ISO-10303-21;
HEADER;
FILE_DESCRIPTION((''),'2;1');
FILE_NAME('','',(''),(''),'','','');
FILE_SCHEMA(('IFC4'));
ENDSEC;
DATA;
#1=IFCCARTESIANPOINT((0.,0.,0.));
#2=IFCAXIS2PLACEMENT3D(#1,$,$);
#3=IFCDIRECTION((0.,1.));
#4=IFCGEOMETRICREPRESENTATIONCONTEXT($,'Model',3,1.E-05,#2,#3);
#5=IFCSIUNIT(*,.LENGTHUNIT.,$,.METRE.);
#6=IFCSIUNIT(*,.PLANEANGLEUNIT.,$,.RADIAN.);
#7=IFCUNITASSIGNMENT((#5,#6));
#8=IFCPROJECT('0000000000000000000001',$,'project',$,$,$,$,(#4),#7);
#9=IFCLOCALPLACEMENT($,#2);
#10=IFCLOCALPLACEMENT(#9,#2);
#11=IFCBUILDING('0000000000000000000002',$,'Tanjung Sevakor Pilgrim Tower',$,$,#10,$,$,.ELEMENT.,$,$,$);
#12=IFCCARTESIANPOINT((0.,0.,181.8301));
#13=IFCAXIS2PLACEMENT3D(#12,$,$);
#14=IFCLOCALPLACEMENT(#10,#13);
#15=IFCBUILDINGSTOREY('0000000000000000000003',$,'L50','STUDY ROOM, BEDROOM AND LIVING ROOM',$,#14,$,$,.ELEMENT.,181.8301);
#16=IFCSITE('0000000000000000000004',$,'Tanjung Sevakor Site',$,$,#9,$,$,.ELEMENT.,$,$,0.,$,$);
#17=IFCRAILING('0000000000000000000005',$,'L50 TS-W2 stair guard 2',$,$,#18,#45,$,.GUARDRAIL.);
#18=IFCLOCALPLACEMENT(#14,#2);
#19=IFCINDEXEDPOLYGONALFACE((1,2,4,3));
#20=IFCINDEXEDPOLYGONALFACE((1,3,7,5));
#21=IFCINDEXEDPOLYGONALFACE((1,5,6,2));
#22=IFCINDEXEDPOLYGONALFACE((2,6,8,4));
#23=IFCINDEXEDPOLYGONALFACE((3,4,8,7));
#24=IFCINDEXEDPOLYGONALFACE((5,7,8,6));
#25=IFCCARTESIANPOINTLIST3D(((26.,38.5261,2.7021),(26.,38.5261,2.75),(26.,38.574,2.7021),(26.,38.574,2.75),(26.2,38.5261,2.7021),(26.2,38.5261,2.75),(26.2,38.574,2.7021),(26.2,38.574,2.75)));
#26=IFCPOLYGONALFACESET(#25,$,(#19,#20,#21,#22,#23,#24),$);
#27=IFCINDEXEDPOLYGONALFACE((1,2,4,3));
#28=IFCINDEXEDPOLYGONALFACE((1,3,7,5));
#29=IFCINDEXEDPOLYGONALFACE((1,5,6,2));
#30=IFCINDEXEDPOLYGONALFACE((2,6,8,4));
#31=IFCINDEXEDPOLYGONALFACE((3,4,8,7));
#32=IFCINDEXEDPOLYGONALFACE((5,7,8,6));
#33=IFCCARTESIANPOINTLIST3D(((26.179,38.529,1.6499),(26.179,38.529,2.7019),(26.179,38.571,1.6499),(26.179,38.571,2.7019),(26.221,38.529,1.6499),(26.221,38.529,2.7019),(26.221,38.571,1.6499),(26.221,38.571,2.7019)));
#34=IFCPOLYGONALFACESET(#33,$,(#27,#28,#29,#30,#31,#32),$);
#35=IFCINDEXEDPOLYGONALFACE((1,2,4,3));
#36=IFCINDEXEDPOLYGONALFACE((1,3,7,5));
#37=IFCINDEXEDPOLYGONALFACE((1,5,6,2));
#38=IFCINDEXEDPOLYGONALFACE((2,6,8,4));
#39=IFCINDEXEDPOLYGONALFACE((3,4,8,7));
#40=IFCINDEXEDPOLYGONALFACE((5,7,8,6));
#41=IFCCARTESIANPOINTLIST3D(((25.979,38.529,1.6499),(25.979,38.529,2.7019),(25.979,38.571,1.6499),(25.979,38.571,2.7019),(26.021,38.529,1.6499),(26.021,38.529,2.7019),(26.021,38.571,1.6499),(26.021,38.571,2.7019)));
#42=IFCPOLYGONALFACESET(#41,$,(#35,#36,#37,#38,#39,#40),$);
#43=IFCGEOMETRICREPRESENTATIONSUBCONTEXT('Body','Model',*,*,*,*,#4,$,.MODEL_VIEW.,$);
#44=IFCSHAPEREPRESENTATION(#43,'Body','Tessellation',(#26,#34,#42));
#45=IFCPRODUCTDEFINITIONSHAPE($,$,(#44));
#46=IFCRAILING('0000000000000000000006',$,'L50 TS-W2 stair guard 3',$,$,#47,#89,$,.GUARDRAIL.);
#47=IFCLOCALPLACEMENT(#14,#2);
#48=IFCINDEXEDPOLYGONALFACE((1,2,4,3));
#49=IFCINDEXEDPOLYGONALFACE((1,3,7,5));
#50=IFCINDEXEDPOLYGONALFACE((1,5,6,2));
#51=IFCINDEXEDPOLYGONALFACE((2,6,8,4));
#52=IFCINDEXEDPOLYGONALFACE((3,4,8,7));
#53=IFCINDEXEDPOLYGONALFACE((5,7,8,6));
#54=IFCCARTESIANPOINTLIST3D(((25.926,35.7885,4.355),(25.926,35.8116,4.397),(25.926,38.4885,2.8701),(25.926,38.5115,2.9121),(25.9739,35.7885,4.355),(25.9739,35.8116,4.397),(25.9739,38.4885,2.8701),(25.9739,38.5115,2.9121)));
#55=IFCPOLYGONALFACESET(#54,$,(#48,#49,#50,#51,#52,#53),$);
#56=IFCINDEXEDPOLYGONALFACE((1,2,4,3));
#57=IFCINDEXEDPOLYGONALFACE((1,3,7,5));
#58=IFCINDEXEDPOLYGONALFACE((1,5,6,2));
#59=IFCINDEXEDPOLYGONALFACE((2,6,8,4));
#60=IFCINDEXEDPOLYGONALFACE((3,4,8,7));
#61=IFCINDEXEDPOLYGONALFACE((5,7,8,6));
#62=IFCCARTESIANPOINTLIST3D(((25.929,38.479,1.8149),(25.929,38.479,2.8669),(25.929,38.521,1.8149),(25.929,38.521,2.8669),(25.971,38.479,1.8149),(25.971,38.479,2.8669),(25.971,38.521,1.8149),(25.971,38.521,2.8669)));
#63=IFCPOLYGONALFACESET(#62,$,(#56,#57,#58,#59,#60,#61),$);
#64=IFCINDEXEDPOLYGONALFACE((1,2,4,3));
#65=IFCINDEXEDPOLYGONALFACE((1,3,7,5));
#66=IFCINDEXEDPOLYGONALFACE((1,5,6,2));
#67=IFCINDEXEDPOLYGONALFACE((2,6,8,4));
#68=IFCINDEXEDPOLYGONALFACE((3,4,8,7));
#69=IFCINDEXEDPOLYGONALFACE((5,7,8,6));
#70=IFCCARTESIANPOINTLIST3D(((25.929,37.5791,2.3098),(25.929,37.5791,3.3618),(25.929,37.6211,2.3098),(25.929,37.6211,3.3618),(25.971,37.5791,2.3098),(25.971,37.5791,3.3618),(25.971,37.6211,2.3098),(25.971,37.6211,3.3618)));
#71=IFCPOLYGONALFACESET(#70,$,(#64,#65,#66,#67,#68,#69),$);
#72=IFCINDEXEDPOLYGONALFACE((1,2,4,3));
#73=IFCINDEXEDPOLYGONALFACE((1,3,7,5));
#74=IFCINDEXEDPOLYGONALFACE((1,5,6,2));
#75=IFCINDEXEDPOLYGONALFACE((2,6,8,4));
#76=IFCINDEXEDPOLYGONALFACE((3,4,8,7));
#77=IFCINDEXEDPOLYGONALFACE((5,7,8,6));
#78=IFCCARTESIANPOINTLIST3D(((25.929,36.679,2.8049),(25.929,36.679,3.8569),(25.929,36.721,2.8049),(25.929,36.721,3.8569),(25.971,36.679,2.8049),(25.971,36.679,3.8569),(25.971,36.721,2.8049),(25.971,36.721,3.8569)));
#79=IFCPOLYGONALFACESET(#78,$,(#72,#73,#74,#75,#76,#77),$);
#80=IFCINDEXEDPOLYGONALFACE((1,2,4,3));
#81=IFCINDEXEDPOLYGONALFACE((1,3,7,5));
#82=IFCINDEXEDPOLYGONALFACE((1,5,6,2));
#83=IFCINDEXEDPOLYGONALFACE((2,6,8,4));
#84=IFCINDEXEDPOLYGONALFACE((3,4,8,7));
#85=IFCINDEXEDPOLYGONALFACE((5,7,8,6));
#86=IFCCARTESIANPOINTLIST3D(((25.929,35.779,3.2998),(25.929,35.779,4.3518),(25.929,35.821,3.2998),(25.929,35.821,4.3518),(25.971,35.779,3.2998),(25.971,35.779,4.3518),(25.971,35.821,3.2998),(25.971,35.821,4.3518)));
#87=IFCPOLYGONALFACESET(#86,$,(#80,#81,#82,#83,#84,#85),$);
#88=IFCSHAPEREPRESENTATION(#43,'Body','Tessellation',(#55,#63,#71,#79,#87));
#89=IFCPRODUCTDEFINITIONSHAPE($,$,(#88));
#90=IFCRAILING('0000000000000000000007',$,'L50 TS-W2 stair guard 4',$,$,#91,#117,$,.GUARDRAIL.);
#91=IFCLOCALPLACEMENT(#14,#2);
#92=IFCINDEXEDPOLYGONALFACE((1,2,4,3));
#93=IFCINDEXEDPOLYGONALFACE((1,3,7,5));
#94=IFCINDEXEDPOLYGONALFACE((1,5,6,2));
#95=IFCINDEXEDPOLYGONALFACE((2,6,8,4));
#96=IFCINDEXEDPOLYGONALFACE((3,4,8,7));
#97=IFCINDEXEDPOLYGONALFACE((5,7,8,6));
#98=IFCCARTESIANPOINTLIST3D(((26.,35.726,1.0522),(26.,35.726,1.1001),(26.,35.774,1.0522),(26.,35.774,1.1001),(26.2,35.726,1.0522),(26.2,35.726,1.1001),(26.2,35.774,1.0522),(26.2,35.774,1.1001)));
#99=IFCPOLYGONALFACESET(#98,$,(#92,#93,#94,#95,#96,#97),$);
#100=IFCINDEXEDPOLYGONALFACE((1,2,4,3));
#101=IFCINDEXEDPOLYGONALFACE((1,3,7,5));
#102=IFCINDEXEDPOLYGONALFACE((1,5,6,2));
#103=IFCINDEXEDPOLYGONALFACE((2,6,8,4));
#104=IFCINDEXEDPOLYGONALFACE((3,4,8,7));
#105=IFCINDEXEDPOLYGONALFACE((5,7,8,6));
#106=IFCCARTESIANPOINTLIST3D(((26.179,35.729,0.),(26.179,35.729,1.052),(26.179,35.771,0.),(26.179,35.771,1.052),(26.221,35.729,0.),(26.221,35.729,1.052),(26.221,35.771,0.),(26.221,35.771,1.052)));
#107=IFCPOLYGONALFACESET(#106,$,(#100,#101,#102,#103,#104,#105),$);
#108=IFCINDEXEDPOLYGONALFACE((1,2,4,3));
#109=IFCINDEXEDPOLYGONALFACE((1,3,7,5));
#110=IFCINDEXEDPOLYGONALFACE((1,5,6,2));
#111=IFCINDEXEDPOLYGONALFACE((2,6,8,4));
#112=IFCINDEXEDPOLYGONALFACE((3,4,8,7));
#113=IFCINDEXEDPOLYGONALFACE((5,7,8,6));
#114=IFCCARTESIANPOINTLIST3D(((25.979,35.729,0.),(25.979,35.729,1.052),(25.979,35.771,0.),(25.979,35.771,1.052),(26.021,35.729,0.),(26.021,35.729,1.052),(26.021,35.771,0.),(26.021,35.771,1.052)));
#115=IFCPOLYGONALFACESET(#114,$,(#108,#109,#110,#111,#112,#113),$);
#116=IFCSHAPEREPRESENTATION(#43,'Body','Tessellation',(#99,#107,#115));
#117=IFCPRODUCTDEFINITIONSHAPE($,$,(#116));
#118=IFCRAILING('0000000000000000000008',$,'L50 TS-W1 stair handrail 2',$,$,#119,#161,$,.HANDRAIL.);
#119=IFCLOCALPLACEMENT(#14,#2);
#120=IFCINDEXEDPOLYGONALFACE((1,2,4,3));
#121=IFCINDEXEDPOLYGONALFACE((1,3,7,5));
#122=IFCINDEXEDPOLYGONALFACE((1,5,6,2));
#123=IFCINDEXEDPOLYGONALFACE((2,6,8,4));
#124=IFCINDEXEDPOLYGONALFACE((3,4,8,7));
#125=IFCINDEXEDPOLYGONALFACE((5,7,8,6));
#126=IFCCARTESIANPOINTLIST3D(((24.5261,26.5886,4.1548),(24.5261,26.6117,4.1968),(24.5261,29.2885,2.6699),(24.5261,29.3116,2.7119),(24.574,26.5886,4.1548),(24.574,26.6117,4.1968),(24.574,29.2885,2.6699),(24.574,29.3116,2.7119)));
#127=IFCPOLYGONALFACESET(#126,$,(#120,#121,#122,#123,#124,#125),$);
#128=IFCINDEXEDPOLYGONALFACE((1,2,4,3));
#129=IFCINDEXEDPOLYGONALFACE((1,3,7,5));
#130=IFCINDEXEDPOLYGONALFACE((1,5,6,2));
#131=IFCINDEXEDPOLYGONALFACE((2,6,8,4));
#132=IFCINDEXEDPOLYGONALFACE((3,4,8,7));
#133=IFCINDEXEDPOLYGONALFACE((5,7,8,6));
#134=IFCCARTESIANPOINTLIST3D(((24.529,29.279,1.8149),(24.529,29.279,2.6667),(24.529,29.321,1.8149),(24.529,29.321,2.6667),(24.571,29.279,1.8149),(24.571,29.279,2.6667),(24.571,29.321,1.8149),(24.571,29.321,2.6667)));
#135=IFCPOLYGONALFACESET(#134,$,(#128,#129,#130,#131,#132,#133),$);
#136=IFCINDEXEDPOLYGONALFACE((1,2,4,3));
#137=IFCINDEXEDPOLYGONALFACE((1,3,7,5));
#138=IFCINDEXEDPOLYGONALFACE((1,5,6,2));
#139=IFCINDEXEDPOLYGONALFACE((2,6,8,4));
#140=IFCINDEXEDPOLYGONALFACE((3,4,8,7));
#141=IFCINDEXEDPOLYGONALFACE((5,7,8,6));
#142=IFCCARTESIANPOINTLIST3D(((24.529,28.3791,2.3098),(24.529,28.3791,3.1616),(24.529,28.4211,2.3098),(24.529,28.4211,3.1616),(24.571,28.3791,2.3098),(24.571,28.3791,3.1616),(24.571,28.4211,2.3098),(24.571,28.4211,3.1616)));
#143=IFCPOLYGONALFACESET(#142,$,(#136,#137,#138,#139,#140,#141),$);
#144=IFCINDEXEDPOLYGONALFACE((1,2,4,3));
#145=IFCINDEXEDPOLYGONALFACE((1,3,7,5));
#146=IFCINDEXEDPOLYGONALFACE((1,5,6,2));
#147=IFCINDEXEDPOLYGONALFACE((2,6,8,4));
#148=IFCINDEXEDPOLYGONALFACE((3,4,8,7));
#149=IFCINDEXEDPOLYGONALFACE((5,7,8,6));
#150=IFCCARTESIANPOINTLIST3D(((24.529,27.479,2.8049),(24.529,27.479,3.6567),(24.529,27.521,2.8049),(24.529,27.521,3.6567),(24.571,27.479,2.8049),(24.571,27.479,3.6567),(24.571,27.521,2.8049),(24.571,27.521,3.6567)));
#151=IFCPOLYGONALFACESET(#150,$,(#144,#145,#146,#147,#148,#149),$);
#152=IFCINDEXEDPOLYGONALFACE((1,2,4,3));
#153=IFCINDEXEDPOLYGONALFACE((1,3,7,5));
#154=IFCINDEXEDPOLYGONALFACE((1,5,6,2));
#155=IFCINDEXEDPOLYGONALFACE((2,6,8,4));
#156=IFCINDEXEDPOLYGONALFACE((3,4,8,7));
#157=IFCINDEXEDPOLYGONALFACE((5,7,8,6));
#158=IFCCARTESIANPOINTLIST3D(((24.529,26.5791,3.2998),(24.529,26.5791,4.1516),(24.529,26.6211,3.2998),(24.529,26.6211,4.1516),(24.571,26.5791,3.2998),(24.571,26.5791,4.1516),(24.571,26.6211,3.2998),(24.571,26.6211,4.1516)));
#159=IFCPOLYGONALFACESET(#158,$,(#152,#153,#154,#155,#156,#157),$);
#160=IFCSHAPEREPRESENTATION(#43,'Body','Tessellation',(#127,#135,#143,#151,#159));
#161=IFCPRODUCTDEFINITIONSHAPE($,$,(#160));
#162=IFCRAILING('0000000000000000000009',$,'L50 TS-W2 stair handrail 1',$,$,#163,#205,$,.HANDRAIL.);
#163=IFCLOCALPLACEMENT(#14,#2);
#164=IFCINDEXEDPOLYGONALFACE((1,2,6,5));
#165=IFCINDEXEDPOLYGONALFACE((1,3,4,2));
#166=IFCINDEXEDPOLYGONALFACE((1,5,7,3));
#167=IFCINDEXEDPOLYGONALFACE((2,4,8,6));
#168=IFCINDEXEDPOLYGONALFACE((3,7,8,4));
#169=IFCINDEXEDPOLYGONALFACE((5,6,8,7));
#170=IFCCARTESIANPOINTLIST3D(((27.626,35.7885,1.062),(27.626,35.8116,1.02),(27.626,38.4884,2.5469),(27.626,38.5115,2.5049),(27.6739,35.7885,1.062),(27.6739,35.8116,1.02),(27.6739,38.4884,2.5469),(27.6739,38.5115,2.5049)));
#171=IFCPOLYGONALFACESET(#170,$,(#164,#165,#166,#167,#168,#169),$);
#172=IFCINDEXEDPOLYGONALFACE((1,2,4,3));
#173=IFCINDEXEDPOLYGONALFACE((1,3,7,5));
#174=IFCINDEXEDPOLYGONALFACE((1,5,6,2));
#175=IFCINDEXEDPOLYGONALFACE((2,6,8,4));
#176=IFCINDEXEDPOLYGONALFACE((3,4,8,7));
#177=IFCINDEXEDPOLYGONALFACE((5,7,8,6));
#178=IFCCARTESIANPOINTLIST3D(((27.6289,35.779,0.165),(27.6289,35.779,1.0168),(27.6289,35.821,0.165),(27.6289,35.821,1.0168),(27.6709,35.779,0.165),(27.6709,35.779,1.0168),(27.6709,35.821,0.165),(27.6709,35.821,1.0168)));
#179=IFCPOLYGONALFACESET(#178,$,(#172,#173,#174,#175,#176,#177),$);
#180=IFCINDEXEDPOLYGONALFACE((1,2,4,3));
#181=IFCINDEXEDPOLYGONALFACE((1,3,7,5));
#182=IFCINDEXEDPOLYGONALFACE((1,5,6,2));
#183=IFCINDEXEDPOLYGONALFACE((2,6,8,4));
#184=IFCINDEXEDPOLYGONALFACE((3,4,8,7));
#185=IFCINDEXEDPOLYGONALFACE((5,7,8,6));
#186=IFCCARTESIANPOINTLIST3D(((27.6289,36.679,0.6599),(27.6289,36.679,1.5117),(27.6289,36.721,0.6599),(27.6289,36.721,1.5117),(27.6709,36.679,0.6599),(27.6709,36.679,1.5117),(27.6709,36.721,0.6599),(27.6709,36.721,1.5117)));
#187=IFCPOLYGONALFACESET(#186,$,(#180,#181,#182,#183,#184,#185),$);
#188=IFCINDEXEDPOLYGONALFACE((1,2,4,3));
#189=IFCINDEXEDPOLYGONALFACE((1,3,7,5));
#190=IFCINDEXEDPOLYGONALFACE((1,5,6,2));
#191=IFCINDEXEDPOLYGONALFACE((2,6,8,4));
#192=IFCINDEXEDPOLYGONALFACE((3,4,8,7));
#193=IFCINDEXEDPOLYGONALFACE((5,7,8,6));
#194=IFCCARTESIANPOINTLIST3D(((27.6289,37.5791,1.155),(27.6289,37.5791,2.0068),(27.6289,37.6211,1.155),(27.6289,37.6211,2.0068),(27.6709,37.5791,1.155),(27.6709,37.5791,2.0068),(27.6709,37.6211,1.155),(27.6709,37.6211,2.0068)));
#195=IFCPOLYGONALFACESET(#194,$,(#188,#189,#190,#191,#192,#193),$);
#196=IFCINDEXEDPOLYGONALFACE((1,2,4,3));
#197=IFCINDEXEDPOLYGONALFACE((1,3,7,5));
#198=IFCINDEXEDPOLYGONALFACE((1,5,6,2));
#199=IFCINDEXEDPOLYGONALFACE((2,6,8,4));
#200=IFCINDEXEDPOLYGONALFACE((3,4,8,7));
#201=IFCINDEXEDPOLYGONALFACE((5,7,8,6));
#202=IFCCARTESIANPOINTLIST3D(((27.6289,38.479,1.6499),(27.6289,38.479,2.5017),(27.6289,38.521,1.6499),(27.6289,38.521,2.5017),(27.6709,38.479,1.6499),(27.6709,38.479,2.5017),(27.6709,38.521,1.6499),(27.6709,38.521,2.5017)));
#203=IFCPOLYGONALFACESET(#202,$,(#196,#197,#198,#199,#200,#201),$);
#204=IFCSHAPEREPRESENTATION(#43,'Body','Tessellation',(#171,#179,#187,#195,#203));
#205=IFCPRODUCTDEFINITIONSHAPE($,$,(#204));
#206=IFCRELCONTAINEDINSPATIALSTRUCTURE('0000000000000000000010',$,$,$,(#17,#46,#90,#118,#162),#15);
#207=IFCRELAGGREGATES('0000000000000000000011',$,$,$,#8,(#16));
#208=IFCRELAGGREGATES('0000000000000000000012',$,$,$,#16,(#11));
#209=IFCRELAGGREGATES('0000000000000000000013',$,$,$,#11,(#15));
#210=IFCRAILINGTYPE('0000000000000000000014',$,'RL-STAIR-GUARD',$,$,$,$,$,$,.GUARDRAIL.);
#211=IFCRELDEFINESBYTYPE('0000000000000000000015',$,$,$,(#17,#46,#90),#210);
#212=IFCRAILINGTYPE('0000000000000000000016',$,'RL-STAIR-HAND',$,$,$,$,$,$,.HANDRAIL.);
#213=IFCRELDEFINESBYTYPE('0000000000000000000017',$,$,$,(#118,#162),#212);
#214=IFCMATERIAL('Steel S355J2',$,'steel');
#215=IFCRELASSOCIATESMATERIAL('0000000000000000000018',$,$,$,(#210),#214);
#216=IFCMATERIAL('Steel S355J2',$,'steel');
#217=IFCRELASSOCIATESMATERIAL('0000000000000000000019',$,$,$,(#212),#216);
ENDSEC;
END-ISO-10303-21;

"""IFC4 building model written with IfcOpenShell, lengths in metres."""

from ifc_helpers import new_model, si_unit, direction, frame, origin, place, context, subcontext, project, spatial, rectangle, extrude, material, type_object, element, save


model = new_model("IFC4")

# Units and contexts
model_context = context("Model", 3, precision=1e-05, world=origin(), true_north=direction((0.0, 1.0)))
body_context = subcontext(model_context, "Body", "Model", "MODEL_VIEW")
ifc_project = project(units=[si_unit("LENGTHUNIT", "METRE"), si_unit("PLANEANGLEUNIT", "RADIAN")], contexts=[model_context])

# Site, building, storey
site_placement = place(None, origin())
site = spatial("IfcSite", under=ifc_project, at=site_placement, Name="Tanjung Sevakor Site", CompositionType="ELEMENT", RefElevation=0.0)
building_placement = place(site_placement, origin())
building = spatial("IfcBuilding", under=site, at=building_placement, Name="Tanjung Sevakor Pilgrim Tower", CompositionType="ELEMENT")
storey_placement = place(building_placement, frame((0.0, 0.0, 181.8301)))
storey = spatial("IfcBuildingStorey", under=building, at=storey_placement, Name="L50", Description="STUDY ROOM, BEDROOM AND LIVING ROOM", CompositionType="ELEMENT", Elevation=181.8301)

# Railings
ifc_material_1 = material(Name="Steel S355J2", Category="steel")
railing_type_1 = type_object("IfcRailingType", Name="RL-STAIR-GUARD", PredefinedType="GUARDRAIL", material=ifc_material_1)
railing_1_placement = place(storey_placement, frame((26.2, 38.55, 1.6499)))
element("IfcRailing", 1, at=railing_1_placement, inside=storey, type_object=railing_type_1, Name="L50 TS-W2 stair guard 2", PredefinedType="GUARDRAIL", context=body_context, shape_type="SweptSolid", body=[
    extrude(rectangle(XDim=0.0479, YDim=0.0479), frame((0.0, 0.0, 1.0762), z_axis=(-1.0, 0.0, 0.0), x_axis=(0.0, -1.0, 0.0)), (0.0, 0.0, 1.0), 0.2),
    extrude(rectangle(XDim=0.042, YDim=0.042), origin(), (0.0, 0.0, 1.0), 1.052),
    extrude(rectangle(XDim=0.042, YDim=0.042), frame((-0.2, 0.0, 0.0)), (0.0, 0.0, 1.0), 1.052),
])
railing_2_placement = place(storey_placement, frame((25.95, 38.5, 1.8149)))
element("IfcRailing", 2, at=railing_2_placement, inside=storey, type_object=railing_type_1, Name="L50 TS-W2 stair guard 3", PredefinedType="GUARDRAIL", context=body_context, shape_type="SweptSolid", body=[
    extrude(rectangle(XDim=0.0479, YDim=0.0479), frame((0.0, 0.0, 1.0762), z_axis=(0.0, -0.876231, 0.481891), x_axis=(1.0, 0.0, 0.0)), (0.0, 0.0, 1.0), 3.0813),
    extrude(rectangle(XDim=0.042, YDim=0.042), origin(), (0.0, 0.0, 1.0), 1.052),
    extrude(rectangle(XDim=0.042, YDim=0.042), frame((0.0, -0.8999, 0.4949)), (0.0, 0.0, 1.0), 1.052),
    extrude(rectangle(XDim=0.042, YDim=0.042), frame((0.0, -1.8, 0.99)), (0.0, 0.0, 1.0), 1.052),
    extrude(rectangle(XDim=0.042, YDim=0.042), frame((0.0, -2.7, 1.4849)), (0.0, 0.0, 1.0), 1.052),
])
railing_3_placement = place(storey_placement, frame((26.2, 35.75, 0.0)))
element("IfcRailing", 3, at=railing_3_placement, inside=storey, type_object=railing_type_1, Name="L50 TS-W2 stair guard 4", PredefinedType="GUARDRAIL", context=body_context, shape_type="SweptSolid", body=[
    extrude(rectangle(XDim=0.0479, YDim=0.0479), frame((0.0, 0.0, 1.0762), z_axis=(-1.0, 0.0, 0.0), x_axis=(0.0, -1.0, 0.0)), (0.0, 0.0, 1.0), 0.2),
    extrude(rectangle(XDim=0.042, YDim=0.042), origin(), (0.0, 0.0, 1.0), 1.052),
    extrude(rectangle(XDim=0.042, YDim=0.042), frame((-0.2, 0.0, 0.0)), (0.0, 0.0, 1.0), 1.052),
])
ifc_material_2 = material(Name="Steel S355J2", Category="steel")
railing_type_2 = type_object("IfcRailingType", Name="RL-STAIR-HAND", PredefinedType="HANDRAIL", material=ifc_material_2)
railing_4_placement = place(storey_placement, frame((24.55, 29.3, 1.8149)))
element("IfcRailing", 4, at=railing_4_placement, inside=storey, type_object=railing_type_2, Name="L50 TS-W1 stair handrail 2", PredefinedType="HANDRAIL", context=body_context, shape_type="SweptSolid", body=[
    extrude(rectangle(XDim=0.0479, YDim=0.0479), frame((0.0, 0.0, 0.876), z_axis=(0.0, -0.876231, 0.481891), x_axis=(1.0, 0.0, 0.0)), (0.0, 0.0, 1.0), 3.0813),
    extrude(rectangle(XDim=0.042, YDim=0.042), origin(), (0.0, 0.0, 1.0), 0.8518),
    extrude(rectangle(XDim=0.042, YDim=0.042), frame((0.0, -0.8999, 0.4949)), (0.0, 0.0, 1.0), 0.8518),
    extrude(rectangle(XDim=0.042, YDim=0.042), frame((0.0, -1.8, 0.99)), (0.0, 0.0, 1.0), 0.8518),
    extrude(rectangle(XDim=0.042, YDim=0.042), frame((0.0, -2.7, 1.4849)), (0.0, 0.0, 1.0), 0.8518),
])
railing_5_placement = place(storey_placement, frame((27.6499, 35.8, 0.165)))
element("IfcRailing", 5, at=railing_5_placement, inside=storey, type_object=railing_type_2, Name="L50 TS-W2 stair handrail 1", PredefinedType="HANDRAIL", context=body_context, shape_type="SweptSolid", body=[
    extrude(rectangle(XDim=0.0479, YDim=0.0479), frame((0.0, 0.0, 0.876), z_axis=(0.0, 0.876231, 0.481891), x_axis=(-1.0, 0.0, 0.0)), (0.0, 0.0, 1.0), 3.0813),
    extrude(rectangle(XDim=0.042, YDim=0.042), origin(), (0.0, 0.0, 1.0), 0.8518),
    extrude(rectangle(XDim=0.042, YDim=0.042), frame((0.0, 0.8999, 0.4949)), (0.0, 0.0, 1.0), 0.8518),
    extrude(rectangle(XDim=0.042, YDim=0.042), frame((0.0, 1.8, 0.99)), (0.0, 0.0, 1.0), 0.8518),
    extrude(rectangle(XDim=0.042, YDim=0.042), frame((0.0, 2.7, 1.4849)), (0.0, 0.0, 1.0), 0.8518),
])

save(model, "model.ifc")
